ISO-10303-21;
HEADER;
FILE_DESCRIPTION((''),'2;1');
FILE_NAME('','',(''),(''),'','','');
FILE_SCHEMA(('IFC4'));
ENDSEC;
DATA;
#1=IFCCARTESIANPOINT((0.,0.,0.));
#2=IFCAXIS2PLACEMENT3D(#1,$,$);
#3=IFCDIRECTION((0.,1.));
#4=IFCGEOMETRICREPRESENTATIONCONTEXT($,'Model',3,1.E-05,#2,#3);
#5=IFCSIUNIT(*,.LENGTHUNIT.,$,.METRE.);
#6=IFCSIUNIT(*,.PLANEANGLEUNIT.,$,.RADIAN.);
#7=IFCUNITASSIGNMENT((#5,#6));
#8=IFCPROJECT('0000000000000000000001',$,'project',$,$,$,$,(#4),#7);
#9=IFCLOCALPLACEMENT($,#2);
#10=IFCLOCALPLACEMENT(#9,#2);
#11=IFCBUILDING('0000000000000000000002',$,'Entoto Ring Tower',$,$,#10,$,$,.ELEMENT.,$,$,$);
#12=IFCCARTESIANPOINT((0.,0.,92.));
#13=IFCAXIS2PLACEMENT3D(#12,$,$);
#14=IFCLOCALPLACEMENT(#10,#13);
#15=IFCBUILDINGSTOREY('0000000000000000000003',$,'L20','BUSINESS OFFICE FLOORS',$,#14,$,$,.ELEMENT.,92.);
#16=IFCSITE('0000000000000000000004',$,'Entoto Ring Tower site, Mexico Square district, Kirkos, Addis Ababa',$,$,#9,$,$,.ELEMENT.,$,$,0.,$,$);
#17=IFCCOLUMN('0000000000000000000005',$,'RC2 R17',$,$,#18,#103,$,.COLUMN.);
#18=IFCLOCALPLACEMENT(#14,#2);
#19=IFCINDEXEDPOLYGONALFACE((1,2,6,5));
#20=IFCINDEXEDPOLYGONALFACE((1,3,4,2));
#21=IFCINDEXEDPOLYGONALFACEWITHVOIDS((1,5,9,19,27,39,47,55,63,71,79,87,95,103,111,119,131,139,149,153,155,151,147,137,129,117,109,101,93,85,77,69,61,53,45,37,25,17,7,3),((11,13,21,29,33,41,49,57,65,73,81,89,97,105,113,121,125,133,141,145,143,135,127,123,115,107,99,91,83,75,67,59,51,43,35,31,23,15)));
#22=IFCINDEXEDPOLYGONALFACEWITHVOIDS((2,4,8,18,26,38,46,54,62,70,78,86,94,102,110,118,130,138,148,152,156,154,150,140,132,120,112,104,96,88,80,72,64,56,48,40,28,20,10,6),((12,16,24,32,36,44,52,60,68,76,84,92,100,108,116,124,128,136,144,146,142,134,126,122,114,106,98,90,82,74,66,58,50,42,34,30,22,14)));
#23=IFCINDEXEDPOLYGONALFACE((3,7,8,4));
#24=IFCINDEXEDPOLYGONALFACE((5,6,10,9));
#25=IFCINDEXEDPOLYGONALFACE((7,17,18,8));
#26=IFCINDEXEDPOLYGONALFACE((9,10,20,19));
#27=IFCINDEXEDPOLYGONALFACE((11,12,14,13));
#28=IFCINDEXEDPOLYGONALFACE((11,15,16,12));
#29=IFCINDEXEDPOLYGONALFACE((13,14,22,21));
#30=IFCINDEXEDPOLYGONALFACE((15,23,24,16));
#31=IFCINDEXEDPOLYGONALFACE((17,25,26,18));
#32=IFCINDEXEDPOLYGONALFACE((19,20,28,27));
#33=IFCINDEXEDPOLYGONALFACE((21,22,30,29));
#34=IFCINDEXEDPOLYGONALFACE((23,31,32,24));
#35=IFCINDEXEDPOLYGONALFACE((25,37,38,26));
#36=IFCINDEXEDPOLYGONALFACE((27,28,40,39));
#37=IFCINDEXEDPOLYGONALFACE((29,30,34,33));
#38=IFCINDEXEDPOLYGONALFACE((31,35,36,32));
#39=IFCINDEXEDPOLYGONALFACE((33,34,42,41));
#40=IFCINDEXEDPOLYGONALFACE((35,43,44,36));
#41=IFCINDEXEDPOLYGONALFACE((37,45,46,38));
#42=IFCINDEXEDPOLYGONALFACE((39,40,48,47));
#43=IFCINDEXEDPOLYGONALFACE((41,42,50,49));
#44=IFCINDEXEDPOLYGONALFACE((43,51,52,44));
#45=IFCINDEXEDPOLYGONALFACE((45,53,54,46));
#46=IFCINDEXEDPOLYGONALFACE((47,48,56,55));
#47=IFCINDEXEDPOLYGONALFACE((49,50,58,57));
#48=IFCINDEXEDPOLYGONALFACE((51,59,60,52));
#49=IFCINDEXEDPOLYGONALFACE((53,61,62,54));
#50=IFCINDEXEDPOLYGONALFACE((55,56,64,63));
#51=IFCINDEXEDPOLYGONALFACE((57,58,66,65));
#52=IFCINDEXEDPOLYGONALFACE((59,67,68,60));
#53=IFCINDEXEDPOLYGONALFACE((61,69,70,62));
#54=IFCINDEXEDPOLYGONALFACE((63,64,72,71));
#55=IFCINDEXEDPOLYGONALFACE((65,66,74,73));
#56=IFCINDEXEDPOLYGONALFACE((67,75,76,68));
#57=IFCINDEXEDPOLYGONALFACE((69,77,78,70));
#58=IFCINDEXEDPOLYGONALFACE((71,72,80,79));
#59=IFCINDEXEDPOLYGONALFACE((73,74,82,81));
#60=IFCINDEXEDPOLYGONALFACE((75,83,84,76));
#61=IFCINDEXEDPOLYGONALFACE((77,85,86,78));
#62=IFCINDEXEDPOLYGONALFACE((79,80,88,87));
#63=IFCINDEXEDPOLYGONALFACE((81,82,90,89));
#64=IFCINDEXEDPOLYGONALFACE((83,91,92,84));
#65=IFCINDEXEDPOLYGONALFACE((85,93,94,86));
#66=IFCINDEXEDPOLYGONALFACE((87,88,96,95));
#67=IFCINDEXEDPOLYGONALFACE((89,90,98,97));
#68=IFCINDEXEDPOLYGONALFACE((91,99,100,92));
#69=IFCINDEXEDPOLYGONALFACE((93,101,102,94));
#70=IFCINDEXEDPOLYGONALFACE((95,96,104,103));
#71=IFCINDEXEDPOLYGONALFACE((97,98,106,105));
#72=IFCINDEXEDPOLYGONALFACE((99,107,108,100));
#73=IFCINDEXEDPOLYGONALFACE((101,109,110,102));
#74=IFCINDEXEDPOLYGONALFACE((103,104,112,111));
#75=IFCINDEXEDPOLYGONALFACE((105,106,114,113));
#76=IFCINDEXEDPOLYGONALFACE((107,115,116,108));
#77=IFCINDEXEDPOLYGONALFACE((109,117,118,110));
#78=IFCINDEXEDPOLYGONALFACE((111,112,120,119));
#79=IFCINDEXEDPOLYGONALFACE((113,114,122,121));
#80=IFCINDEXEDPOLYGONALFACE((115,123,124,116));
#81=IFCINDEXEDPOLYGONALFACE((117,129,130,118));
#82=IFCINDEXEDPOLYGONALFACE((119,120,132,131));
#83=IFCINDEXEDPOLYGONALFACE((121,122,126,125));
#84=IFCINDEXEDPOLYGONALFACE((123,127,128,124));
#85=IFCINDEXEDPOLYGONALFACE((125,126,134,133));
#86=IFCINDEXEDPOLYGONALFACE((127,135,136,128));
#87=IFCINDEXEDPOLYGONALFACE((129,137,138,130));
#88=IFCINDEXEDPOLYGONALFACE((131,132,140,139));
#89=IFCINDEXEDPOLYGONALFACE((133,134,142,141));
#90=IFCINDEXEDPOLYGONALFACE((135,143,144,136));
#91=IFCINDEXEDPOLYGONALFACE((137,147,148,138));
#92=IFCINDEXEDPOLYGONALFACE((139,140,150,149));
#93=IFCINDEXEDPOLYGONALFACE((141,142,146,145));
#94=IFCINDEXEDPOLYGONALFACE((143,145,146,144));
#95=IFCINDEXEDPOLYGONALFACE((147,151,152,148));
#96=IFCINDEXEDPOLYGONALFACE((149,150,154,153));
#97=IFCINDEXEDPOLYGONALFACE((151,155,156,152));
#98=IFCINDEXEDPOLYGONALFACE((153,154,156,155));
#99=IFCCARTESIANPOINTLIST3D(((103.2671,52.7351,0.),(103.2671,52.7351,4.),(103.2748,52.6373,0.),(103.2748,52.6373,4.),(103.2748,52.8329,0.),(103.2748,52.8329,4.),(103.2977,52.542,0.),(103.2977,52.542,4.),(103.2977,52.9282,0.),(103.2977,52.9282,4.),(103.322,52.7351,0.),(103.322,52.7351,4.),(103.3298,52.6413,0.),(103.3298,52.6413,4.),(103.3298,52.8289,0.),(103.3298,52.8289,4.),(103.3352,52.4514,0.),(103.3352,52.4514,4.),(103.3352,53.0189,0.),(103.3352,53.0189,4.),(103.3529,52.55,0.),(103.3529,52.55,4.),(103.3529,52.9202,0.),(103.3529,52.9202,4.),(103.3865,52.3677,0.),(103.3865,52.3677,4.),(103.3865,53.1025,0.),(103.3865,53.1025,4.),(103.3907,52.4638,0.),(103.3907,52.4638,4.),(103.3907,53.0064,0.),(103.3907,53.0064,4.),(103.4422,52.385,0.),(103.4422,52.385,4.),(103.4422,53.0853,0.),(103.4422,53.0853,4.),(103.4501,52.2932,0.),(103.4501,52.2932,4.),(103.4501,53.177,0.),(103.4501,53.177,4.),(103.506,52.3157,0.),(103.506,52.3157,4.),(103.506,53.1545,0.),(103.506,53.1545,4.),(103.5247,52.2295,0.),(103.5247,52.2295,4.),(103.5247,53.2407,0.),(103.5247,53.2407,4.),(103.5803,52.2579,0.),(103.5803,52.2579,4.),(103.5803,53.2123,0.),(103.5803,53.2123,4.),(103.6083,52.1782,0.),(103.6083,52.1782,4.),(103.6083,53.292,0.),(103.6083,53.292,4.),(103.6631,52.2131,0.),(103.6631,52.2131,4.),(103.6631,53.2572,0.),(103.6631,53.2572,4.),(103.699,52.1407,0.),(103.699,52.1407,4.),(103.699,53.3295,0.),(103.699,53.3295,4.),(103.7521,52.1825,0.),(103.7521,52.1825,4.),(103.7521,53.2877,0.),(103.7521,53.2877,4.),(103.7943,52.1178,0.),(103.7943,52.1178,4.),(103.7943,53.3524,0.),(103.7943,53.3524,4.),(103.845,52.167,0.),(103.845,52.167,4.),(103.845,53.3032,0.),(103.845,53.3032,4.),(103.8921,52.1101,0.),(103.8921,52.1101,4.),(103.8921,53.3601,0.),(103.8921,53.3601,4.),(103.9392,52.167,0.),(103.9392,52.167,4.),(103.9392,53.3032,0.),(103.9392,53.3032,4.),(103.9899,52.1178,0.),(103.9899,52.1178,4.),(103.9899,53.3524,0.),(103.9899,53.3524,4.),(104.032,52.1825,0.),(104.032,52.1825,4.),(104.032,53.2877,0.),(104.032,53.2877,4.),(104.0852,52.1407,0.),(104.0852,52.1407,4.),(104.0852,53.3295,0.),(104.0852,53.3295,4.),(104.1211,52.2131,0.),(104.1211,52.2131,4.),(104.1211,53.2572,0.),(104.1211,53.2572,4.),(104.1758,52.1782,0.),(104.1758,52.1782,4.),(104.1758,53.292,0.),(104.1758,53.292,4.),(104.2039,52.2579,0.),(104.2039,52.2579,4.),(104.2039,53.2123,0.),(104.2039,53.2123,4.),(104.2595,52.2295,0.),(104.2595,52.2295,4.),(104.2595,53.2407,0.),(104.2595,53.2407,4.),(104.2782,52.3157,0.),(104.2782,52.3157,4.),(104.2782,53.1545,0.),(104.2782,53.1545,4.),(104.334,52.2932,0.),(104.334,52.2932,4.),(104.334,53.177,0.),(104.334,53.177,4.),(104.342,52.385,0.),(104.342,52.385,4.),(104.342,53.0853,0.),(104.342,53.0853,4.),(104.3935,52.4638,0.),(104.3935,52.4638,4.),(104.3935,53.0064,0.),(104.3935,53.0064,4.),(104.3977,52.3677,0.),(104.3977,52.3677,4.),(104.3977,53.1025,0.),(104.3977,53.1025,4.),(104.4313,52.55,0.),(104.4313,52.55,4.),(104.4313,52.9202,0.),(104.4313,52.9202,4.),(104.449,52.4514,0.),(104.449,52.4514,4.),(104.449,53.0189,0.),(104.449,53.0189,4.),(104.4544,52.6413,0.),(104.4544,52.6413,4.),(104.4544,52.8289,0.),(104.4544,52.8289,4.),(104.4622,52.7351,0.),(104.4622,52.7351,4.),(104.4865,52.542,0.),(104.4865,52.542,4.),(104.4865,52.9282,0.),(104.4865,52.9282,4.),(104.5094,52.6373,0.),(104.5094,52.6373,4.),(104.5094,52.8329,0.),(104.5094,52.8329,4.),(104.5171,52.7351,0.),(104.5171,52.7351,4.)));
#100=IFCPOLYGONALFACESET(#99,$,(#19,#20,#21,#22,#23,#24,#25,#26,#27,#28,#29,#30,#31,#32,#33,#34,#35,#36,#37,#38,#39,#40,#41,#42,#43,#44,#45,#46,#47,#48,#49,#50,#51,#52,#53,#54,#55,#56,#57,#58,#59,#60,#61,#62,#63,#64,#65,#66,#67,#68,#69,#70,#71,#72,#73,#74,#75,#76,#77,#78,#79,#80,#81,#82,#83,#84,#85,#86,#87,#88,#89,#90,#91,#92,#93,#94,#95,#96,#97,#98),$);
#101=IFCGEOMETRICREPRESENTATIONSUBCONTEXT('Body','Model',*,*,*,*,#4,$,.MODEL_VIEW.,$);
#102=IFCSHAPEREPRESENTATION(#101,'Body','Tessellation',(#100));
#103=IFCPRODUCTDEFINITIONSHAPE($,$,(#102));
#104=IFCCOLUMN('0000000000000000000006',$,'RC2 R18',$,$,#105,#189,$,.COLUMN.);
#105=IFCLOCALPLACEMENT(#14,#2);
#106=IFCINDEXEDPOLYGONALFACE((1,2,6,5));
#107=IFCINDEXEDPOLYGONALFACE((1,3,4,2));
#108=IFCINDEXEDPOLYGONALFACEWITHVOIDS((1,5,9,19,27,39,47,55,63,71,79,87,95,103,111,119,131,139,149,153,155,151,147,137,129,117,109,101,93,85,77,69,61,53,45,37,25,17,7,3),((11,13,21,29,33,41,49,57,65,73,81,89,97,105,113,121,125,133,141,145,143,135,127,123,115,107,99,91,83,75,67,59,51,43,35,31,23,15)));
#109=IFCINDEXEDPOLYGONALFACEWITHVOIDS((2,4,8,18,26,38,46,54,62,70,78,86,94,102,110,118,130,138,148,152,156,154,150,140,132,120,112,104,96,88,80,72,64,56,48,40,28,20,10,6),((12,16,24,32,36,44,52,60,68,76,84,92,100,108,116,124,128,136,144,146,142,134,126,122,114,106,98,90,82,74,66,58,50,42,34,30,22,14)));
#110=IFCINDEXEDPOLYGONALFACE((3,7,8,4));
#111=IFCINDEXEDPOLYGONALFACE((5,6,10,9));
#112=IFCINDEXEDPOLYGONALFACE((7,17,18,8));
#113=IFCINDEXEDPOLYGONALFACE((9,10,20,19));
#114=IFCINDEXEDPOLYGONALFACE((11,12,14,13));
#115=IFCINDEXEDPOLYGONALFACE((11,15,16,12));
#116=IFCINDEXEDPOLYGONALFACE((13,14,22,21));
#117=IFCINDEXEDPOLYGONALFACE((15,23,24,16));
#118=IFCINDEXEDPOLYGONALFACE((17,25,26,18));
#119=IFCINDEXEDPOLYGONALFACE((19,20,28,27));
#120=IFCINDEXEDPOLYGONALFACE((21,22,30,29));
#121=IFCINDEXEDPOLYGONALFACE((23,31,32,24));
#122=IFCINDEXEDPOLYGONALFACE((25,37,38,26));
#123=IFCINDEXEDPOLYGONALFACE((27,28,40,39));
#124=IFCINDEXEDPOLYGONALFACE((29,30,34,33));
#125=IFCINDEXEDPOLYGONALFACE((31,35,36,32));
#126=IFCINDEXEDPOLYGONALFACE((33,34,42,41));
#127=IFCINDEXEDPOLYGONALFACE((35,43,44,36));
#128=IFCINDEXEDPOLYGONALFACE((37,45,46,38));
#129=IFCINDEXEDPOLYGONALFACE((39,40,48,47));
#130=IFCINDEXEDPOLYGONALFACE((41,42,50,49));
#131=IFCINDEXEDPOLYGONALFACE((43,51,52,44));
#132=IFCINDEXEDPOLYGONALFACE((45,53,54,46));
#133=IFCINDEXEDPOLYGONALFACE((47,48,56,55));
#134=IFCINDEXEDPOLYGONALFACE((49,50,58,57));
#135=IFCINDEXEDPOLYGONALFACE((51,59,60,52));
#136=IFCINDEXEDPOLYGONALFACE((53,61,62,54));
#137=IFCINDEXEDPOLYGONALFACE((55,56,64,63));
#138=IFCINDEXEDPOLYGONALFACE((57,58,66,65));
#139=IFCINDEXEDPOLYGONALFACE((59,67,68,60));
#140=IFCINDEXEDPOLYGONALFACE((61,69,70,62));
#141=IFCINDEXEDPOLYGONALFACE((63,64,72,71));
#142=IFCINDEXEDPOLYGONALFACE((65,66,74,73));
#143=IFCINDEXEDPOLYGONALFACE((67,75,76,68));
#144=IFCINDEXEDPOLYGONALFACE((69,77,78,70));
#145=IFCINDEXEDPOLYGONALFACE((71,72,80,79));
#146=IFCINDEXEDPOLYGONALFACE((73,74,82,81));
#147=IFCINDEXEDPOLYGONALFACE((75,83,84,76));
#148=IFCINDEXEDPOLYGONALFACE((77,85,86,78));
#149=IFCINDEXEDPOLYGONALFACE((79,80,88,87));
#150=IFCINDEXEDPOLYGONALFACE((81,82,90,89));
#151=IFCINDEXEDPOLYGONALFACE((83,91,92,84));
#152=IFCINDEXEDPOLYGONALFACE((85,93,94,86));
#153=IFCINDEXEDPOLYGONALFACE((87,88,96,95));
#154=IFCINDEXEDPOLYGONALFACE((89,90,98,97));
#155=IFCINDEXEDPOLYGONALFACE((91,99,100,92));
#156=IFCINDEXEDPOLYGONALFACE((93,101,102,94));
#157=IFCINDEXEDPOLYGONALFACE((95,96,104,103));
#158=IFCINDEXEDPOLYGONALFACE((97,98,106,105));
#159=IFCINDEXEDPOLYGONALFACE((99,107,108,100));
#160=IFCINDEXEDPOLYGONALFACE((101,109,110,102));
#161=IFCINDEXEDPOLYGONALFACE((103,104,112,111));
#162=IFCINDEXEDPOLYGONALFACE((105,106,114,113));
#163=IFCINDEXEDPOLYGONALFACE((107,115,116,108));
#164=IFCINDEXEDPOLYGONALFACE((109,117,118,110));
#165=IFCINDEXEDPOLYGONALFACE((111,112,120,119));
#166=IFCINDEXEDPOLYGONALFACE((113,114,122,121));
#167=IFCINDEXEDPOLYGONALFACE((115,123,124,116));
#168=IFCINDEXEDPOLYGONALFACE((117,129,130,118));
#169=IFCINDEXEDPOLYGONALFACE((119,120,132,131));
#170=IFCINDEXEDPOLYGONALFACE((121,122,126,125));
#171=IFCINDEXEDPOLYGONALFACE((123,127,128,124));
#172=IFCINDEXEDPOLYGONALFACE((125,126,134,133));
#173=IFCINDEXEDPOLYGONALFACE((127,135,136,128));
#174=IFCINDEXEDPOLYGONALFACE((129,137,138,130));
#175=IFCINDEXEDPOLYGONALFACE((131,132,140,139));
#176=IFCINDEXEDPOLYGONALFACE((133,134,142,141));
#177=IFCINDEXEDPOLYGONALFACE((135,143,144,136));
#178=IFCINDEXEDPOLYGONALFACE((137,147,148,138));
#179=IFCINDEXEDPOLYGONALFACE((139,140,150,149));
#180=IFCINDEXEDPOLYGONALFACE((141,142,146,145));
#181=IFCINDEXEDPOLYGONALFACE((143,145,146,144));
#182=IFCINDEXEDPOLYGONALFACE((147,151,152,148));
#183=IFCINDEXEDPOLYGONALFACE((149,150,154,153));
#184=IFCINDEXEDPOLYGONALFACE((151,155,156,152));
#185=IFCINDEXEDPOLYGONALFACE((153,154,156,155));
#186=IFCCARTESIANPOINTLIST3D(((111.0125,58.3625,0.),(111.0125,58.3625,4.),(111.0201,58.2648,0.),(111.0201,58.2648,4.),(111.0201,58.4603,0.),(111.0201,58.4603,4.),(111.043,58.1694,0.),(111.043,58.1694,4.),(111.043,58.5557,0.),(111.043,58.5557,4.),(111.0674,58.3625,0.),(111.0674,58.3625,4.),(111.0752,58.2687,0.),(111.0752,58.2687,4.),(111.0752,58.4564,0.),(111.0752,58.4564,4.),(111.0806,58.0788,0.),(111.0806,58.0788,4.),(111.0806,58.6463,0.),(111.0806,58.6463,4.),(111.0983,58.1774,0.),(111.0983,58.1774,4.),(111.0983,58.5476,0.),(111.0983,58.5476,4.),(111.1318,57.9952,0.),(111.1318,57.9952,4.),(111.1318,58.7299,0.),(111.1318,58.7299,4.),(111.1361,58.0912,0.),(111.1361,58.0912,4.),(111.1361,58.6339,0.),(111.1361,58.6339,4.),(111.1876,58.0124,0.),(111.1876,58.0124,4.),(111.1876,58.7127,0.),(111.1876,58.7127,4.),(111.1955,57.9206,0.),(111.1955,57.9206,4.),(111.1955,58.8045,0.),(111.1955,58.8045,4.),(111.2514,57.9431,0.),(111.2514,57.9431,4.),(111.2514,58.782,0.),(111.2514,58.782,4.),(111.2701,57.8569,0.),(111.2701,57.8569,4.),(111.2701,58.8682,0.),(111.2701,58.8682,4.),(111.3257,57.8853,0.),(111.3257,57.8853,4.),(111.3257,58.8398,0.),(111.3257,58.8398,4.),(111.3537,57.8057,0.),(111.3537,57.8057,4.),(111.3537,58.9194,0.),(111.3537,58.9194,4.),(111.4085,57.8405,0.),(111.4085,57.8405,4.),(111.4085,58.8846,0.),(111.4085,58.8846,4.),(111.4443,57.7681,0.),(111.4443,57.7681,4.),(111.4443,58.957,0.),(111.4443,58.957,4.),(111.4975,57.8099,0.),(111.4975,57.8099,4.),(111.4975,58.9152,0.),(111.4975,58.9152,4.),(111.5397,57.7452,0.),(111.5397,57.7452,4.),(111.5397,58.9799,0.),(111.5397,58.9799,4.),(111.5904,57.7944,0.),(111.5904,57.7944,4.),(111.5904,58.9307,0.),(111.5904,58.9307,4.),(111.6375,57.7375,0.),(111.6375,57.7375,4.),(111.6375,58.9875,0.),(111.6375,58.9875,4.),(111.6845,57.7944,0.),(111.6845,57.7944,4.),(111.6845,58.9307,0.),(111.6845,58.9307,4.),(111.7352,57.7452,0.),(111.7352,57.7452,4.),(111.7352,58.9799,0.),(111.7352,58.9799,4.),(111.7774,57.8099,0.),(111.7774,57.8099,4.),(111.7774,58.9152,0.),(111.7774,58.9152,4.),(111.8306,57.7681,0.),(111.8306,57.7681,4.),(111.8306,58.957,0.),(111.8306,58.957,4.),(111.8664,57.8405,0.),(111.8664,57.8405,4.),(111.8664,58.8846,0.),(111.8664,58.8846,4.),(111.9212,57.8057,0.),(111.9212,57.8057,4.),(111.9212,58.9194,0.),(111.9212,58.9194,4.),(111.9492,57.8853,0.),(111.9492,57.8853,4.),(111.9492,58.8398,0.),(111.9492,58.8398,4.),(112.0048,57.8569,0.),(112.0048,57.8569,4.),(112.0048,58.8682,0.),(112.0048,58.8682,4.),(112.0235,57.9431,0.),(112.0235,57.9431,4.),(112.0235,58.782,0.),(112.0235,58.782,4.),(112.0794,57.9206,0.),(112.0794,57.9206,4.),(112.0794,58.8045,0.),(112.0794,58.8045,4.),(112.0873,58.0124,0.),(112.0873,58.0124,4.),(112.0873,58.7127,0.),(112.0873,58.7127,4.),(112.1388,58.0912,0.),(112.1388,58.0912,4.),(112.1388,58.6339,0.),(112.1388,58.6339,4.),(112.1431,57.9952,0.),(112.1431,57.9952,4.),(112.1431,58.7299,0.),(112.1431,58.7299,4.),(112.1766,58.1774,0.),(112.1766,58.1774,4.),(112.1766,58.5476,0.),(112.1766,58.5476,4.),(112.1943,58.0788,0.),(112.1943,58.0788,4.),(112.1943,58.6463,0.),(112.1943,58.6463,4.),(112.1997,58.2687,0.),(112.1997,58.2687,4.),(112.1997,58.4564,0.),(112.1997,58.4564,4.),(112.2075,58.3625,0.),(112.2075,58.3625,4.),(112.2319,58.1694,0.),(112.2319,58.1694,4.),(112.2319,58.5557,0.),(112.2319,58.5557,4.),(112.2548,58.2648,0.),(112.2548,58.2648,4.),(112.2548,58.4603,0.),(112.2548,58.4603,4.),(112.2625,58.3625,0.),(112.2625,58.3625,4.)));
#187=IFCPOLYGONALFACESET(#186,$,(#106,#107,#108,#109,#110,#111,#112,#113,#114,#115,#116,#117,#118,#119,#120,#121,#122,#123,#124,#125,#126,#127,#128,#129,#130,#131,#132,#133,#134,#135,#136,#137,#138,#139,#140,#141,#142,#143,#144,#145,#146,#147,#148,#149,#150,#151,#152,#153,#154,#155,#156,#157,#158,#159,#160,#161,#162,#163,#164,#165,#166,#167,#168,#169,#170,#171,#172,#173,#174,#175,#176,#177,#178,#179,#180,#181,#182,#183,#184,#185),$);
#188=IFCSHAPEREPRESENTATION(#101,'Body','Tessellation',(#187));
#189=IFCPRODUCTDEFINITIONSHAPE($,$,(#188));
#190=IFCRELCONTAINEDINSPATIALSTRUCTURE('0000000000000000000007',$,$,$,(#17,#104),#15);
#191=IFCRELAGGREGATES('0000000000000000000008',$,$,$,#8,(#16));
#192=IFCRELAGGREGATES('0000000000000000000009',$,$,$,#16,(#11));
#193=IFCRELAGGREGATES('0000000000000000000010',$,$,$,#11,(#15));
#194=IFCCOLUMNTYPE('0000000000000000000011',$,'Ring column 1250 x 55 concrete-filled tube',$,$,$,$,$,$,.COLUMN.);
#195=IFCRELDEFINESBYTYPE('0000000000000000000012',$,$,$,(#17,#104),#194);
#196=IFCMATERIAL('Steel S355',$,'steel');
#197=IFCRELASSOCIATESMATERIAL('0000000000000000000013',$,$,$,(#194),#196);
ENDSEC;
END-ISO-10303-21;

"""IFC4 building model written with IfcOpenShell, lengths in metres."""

from ifc_helpers import new_model, si_unit, direction, frame, origin, origin_2d, place, context, subcontext, project, spatial, circle, hollow_circle, extrude, material, material_profile, profile_set, type_object, element, save


model = new_model("IFC4")

# Units and contexts
model_context = context("Model", 3, precision=1e-05, world=origin(), true_north=direction((0.0, 1.0)))
body_context = subcontext(model_context, "Body", "Model", "MODEL_VIEW")
ifc_project = project(units=[si_unit("LENGTHUNIT", "METRE"), si_unit("PLANEANGLEUNIT", "RADIAN")], contexts=[model_context])

# Site, building, storey
site_placement = place(None, origin())
site = spatial("IfcSite", under=ifc_project, at=site_placement, Name="Entoto Ring Tower site, Mexico Square district, Kirkos, Addis Ababa", CompositionType="ELEMENT", RefElevation=0.0)
building_placement = place(site_placement, origin())
building = spatial("IfcBuilding", under=site, at=building_placement, Name="Entoto Ring Tower", CompositionType="ELEMENT")
storey_placement = place(building_placement, frame((0.0, 0.0, 92.0)))
storey = spatial("IfcBuildingStorey", under=building, at=storey_placement, Name="L20", Description="BUSINESS OFFICE FLOORS", CompositionType="ELEMENT", Elevation=92.0)

# Columns
ifc_material_1 = material(Name="Steel S355", Category="steel")
ifc_material_profile_1 = material_profile(ifc_material_1, hollow_circle(Radius=0.625, WallThickness=0.0549, at=origin_2d()), Name="CHS 1250 x 55")
ifc_material_2 = material(Name="Concrete C60/75", Category="concrete")
ifc_material_profile_2 = material_profile(ifc_material_2, circle(Radius=0.5701, at=origin_2d()), Name="Concrete C60/75 infill")
ifc_profile_set_1 = profile_set([ifc_material_profile_1, ifc_material_profile_2], Name="Steel S355")
column_type = type_object("IfcColumnType", Name="Ring column 1250 x 55 concrete-filled tube", PredefinedType="COLUMN", material=ifc_profile_set_1)
for number, where, z_axis, x_axis, name in (
    (1, (103.8921, 52.7351, 0.0), (0.0, 0.0, 1.0), (1.0, 0.0, 0.0), "RC2 R17"),
    (2, (111.6375, 58.3625, 0.0), (0.0, 0.0, 1.0), (1.0, 0.0, 0.0), "RC2 R18"),
):
    element("IfcColumn", number, at=place(storey_placement, frame(where, z_axis=z_axis, x_axis=x_axis)), inside=storey, type_object=column_type, Name=name, PredefinedType="COLUMN", context=body_context, shape_type="SweptSolid", body=[
        extrude(hollow_circle(Radius=0.625, WallThickness=0.0549, at=origin_2d()), origin(), (0.0, 0.0, 1.0), 4.0),
    ])

save(model, "model.ifc")
